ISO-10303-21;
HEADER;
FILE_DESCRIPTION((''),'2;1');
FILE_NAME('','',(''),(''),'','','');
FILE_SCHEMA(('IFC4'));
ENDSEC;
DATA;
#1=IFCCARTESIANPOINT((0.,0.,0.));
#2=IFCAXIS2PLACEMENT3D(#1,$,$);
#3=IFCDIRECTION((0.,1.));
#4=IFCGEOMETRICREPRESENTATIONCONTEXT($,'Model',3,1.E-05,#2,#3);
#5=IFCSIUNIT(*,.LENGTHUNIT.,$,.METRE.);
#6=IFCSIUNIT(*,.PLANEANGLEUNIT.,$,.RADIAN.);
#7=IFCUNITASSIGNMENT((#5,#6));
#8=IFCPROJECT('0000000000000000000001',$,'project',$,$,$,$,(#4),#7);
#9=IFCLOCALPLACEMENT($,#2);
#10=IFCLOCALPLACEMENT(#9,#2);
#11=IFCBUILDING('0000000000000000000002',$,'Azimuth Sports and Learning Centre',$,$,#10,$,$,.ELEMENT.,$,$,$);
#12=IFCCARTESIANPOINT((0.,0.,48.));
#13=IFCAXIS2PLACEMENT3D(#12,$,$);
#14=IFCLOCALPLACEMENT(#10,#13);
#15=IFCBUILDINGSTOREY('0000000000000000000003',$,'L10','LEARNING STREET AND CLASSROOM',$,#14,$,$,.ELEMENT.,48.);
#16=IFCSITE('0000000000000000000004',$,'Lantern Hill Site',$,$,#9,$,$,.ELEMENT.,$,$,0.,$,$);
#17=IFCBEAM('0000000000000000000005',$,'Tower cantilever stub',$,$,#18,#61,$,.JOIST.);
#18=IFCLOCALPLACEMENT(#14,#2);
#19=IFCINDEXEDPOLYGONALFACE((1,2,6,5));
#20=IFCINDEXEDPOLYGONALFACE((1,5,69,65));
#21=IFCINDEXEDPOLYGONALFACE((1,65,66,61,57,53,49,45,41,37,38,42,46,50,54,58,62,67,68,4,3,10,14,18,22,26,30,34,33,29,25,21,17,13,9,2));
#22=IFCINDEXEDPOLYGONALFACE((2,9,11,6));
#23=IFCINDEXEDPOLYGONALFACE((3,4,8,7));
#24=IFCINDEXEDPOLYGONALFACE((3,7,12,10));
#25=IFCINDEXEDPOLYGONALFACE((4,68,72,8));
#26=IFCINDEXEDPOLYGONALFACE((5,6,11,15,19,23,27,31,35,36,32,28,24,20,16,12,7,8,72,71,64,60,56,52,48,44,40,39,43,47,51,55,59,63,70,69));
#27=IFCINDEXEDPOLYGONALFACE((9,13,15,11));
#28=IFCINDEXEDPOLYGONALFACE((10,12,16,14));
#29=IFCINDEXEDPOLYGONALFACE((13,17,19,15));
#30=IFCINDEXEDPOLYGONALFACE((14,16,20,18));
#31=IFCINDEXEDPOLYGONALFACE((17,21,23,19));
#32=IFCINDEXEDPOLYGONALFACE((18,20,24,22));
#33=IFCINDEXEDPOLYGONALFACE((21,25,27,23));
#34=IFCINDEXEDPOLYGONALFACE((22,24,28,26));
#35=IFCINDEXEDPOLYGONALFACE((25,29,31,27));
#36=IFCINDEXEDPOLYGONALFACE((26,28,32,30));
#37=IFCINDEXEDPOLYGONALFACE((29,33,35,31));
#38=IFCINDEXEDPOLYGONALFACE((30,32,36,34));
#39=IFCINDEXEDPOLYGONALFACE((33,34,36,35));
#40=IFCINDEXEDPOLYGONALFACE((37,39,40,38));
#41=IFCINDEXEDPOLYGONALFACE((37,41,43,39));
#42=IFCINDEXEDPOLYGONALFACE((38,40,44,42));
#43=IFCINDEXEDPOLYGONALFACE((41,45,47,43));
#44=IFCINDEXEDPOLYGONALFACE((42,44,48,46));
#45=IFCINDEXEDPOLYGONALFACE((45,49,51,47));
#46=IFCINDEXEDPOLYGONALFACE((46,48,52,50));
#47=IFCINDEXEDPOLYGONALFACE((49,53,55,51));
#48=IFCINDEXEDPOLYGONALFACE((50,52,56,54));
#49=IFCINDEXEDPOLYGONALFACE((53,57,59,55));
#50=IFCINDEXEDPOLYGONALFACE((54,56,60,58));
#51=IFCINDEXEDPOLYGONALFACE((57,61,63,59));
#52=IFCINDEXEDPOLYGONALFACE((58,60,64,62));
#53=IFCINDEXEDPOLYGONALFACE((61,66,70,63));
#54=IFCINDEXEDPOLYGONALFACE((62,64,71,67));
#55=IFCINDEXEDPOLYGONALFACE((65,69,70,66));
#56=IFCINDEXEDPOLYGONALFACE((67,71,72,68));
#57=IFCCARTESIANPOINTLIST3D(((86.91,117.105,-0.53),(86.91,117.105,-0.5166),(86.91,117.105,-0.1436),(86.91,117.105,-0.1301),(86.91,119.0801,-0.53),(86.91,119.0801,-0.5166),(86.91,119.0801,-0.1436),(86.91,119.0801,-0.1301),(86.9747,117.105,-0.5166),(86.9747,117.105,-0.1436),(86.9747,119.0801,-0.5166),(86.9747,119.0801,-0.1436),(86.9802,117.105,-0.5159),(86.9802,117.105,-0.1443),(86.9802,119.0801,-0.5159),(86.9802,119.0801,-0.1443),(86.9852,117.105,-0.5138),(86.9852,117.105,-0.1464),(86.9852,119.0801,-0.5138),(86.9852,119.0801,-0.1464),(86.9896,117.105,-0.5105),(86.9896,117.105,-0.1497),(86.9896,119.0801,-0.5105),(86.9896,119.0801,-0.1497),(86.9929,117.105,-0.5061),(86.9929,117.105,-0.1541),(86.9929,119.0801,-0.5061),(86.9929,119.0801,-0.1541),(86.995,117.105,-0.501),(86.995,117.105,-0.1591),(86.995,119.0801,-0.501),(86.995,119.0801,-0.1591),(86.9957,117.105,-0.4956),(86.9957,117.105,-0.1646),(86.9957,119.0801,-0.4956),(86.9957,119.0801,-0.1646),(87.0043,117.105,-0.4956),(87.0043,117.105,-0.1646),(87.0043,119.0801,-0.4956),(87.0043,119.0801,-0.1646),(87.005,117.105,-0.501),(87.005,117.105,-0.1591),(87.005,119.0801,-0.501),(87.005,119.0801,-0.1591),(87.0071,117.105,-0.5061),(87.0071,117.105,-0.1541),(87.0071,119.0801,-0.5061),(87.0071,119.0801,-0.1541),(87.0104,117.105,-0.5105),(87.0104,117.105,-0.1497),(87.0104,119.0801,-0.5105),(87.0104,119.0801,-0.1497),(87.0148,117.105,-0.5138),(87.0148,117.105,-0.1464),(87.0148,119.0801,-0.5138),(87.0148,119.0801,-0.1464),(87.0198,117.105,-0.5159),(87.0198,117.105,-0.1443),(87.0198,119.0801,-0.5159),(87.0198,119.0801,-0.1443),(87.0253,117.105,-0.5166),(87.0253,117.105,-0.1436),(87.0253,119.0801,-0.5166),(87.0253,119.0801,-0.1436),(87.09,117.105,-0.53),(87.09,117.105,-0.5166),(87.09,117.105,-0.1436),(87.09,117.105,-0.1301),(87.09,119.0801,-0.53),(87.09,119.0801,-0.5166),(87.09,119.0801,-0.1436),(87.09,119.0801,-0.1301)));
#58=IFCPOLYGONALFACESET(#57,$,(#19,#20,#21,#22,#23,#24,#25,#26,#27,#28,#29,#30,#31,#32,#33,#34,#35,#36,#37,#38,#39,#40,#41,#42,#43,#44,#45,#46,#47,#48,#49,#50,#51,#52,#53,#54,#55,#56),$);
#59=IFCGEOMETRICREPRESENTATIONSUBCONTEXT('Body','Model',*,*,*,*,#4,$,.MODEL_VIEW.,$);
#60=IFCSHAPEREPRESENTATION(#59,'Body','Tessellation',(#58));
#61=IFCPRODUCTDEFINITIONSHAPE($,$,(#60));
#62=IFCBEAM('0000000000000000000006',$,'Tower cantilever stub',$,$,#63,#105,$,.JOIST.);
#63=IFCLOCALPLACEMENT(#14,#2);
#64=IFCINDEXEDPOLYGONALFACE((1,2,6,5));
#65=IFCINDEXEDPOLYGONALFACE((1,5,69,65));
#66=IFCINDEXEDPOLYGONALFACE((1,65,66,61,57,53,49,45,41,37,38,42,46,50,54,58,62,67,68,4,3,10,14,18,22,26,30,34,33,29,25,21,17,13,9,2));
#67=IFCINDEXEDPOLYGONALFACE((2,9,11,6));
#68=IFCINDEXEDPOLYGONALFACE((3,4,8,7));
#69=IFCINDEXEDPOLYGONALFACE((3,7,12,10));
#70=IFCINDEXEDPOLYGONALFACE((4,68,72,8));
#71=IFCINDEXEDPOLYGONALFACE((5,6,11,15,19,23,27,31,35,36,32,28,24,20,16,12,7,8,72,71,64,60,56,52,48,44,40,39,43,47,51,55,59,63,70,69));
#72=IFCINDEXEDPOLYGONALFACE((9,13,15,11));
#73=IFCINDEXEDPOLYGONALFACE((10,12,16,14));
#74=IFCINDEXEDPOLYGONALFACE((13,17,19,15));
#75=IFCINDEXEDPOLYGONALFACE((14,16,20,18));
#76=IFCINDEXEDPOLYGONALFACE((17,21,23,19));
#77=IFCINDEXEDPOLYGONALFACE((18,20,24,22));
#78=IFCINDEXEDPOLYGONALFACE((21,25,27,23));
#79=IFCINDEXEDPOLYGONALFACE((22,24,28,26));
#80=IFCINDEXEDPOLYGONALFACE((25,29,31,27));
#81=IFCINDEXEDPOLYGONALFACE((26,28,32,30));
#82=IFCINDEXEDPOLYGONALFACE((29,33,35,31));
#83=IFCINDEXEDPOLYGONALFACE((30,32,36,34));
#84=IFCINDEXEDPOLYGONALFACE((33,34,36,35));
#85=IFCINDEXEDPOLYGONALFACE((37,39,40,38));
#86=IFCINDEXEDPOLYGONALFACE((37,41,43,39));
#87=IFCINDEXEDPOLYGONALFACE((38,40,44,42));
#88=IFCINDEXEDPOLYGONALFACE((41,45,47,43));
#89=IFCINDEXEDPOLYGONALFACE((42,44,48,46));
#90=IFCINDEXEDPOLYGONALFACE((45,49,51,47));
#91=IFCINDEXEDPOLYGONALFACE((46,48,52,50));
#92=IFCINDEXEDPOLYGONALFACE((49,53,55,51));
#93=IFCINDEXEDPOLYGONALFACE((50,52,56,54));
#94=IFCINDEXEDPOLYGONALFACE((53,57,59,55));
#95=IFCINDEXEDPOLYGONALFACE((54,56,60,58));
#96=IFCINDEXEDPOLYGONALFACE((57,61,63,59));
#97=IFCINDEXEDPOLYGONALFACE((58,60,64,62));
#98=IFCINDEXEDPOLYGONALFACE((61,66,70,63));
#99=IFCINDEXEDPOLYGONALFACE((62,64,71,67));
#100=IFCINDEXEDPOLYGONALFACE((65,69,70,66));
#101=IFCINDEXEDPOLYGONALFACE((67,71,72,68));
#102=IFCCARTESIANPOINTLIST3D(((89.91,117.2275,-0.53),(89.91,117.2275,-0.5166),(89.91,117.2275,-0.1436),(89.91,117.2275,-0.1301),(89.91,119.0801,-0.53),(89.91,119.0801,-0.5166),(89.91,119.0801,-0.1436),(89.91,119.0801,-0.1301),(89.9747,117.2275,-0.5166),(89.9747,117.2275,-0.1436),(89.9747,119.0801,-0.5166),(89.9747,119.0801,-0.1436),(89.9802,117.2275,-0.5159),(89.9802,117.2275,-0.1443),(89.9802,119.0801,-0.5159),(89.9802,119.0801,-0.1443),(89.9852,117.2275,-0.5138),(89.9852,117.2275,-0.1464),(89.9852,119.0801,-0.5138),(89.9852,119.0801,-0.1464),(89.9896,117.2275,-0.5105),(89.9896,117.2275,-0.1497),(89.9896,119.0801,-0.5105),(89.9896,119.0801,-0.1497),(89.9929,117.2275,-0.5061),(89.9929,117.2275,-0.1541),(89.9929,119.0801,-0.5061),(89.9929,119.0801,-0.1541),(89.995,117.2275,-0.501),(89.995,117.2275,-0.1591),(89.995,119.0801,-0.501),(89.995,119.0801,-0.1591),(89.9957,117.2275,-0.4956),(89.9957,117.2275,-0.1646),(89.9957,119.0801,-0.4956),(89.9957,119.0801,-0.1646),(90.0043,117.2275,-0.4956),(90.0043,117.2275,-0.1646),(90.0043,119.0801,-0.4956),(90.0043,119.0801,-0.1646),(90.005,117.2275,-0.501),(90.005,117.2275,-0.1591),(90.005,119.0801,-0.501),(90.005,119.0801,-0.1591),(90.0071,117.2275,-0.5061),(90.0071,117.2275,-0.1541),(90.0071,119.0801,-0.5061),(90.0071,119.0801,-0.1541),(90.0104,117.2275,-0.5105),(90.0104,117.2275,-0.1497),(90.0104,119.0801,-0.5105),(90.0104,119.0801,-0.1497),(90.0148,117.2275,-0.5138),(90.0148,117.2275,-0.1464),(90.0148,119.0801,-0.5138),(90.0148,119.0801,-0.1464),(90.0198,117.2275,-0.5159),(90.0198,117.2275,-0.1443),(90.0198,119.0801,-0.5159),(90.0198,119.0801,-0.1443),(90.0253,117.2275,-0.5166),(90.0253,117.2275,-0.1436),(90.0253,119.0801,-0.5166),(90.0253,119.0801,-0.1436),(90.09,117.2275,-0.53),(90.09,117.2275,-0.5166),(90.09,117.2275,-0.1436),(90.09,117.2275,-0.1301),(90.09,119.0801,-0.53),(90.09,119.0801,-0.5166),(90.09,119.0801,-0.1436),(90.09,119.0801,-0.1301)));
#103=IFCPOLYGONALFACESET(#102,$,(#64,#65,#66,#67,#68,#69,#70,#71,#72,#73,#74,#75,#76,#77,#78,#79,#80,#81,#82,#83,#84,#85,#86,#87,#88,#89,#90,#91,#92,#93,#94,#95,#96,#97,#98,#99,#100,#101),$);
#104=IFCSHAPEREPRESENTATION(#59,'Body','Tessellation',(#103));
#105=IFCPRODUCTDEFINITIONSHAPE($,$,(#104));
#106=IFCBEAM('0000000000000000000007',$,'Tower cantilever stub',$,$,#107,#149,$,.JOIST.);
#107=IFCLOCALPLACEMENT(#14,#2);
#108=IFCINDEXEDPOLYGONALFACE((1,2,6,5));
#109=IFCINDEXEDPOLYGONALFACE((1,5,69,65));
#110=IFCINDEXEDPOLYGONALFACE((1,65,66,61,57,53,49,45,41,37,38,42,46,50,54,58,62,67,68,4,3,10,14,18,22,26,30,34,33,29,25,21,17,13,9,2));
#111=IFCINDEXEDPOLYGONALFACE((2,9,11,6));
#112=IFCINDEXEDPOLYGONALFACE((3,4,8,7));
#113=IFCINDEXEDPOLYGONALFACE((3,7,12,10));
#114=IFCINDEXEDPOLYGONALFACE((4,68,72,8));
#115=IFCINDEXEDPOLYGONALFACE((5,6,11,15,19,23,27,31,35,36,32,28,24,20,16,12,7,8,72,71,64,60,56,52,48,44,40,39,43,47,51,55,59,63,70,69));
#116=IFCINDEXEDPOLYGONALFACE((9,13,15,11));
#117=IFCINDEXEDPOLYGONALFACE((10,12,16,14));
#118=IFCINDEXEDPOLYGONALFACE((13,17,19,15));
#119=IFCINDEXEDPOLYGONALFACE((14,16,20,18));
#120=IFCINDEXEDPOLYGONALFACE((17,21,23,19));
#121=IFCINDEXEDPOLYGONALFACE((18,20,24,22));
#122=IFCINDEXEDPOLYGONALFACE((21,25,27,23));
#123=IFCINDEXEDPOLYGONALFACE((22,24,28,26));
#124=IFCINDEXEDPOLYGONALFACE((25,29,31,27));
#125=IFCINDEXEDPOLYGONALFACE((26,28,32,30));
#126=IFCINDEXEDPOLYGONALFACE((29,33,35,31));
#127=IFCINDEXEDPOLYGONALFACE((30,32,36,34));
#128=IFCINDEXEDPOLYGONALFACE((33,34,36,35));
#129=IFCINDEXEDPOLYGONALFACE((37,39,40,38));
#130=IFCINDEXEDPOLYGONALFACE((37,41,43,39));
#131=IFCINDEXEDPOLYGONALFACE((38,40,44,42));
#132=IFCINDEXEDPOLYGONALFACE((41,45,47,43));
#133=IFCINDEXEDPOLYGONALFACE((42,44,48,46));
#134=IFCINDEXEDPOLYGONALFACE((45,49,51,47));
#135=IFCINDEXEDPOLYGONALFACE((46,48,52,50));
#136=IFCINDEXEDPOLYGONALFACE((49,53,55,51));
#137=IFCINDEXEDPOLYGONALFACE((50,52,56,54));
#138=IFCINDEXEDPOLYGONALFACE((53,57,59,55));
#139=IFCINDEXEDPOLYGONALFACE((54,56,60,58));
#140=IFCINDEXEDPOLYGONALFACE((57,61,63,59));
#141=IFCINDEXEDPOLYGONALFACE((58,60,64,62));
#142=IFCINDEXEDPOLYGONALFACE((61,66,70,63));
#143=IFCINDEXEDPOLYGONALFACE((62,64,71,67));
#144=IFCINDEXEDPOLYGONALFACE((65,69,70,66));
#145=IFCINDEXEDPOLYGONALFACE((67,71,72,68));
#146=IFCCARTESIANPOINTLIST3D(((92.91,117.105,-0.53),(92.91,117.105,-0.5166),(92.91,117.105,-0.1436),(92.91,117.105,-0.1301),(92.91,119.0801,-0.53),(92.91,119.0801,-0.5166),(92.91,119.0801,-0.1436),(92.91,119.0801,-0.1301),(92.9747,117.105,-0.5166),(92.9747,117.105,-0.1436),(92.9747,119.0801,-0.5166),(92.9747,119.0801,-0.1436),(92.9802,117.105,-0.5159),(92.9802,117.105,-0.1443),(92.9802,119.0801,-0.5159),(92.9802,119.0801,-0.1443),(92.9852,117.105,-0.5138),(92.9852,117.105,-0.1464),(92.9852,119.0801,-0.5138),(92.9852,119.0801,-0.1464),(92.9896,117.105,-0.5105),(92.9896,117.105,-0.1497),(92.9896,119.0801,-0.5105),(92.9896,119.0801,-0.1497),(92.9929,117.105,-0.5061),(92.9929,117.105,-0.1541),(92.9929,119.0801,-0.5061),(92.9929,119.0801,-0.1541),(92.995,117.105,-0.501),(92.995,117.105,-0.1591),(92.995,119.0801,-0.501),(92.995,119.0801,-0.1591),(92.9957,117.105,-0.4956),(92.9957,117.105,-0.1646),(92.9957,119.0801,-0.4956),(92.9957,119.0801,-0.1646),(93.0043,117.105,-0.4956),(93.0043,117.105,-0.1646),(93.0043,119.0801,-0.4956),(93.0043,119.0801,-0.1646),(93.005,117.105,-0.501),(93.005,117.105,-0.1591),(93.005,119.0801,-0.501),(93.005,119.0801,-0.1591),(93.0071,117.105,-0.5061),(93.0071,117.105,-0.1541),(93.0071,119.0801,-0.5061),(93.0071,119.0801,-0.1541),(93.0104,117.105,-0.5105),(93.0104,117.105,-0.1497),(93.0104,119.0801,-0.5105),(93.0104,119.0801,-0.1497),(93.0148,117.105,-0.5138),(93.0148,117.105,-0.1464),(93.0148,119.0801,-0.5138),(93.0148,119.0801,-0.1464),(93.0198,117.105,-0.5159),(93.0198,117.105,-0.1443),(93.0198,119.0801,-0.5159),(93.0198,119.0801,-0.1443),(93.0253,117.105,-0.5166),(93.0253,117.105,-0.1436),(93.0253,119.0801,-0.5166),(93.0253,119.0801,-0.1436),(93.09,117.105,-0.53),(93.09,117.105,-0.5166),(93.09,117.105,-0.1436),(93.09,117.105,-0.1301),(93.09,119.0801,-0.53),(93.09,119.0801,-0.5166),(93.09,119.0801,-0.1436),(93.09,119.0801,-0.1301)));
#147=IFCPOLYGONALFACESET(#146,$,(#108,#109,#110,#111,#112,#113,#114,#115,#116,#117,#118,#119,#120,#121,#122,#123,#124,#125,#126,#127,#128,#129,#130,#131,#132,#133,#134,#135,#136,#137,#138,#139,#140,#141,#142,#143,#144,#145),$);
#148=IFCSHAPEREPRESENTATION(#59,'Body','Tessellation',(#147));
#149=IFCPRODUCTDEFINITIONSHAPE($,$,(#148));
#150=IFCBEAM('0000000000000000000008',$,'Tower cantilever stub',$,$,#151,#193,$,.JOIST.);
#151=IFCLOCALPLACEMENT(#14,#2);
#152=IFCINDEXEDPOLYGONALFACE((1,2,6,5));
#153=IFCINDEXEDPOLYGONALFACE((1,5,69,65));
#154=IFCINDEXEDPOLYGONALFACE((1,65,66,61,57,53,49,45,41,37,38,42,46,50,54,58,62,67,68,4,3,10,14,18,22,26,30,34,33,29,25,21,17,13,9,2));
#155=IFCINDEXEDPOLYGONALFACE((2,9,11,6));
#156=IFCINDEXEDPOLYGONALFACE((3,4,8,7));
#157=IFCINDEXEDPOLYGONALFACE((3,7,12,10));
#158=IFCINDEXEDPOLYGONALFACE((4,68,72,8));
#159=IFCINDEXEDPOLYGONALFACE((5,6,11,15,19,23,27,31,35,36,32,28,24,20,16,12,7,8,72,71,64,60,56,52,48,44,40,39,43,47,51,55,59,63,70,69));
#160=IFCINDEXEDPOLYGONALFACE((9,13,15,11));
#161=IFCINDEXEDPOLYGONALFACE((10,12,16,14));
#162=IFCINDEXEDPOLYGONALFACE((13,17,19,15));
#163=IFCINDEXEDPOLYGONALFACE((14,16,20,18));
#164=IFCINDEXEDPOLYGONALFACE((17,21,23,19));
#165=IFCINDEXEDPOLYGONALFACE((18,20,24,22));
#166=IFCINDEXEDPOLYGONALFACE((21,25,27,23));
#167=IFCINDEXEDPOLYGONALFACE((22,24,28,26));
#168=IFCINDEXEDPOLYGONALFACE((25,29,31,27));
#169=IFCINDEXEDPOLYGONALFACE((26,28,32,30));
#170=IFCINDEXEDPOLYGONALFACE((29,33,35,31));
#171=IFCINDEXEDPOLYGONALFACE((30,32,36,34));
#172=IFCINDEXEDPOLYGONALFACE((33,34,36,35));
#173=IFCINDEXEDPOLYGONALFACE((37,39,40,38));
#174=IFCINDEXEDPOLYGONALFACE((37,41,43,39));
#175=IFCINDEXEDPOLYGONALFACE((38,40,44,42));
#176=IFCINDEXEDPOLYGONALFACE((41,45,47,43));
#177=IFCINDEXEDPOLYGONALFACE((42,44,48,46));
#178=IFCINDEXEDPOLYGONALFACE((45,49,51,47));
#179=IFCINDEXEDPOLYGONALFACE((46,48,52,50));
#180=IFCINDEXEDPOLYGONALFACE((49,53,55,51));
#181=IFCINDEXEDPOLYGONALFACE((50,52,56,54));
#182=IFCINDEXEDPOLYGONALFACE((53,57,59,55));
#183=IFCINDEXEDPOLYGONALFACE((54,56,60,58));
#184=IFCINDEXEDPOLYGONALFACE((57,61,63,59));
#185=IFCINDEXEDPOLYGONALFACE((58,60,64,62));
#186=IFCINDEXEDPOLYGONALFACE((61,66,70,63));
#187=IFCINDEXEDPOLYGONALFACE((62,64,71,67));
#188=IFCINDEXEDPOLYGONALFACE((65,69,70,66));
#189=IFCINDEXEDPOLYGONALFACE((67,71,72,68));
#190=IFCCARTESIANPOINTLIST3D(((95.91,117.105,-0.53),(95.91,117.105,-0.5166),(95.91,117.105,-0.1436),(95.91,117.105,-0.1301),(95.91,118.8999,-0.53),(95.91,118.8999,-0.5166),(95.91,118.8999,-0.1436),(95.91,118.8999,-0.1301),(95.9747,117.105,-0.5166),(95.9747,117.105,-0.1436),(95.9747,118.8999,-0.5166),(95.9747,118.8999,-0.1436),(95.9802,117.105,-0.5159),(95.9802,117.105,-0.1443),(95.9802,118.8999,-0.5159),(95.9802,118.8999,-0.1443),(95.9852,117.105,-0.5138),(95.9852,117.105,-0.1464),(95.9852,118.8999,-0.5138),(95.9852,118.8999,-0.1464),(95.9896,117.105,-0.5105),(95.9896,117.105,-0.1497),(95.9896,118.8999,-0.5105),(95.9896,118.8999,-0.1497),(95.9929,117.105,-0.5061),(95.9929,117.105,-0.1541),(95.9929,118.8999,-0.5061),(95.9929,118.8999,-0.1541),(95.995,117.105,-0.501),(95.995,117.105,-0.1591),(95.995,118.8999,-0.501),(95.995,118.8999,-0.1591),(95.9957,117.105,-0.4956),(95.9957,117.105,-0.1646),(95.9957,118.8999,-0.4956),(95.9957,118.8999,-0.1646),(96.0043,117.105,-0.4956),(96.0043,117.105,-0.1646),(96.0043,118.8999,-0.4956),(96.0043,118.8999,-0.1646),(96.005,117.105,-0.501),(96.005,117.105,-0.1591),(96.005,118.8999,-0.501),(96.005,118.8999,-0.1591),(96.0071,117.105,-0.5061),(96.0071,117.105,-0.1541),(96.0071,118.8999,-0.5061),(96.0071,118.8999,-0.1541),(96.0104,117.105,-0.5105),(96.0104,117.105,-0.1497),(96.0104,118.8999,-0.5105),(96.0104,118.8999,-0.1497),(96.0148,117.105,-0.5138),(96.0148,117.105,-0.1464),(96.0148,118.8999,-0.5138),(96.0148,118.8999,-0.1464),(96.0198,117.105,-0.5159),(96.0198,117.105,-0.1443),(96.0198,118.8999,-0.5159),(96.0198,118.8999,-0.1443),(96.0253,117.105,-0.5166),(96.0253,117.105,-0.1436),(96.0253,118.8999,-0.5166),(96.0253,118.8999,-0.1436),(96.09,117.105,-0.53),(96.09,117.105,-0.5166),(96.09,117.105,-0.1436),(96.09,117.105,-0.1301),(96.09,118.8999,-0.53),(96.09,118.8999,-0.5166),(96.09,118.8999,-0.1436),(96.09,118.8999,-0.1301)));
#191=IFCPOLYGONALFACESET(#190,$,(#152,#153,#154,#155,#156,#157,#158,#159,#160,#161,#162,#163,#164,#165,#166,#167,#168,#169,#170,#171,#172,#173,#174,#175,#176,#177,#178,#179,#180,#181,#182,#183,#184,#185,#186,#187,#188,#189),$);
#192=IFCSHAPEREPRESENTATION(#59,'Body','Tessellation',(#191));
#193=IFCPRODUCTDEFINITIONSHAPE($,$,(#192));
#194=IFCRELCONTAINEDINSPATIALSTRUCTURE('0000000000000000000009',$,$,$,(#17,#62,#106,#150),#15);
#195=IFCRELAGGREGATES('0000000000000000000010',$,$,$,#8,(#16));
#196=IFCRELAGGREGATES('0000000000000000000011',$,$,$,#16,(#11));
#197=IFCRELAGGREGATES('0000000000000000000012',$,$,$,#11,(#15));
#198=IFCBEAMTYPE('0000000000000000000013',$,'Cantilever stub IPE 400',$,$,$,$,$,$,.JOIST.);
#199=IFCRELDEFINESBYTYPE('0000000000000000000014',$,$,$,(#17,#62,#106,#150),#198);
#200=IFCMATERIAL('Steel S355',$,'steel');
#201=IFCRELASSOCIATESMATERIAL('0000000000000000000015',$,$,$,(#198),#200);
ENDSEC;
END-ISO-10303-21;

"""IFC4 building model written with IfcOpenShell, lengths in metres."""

from ifc_helpers import new_model, si_unit, direction, frame, origin, origin_2d, place, context, subcontext, project, spatial, i_section, extrude, material, material_profile, profile_set, type_object, element, save


model = new_model("IFC4")

# Units and contexts
model_context = context("Model", 3, precision=1e-05, world=origin(), true_north=direction((0.0, 1.0)))
body_context = subcontext(model_context, "Body", "Model", "MODEL_VIEW")
ifc_project = project(units=[si_unit("LENGTHUNIT", "METRE"), si_unit("PLANEANGLEUNIT", "RADIAN")], contexts=[model_context])

# Site, building, storey
site_placement = place(None, origin())
site = spatial("IfcSite", under=ifc_project, at=site_placement, Name="Lantern Hill Site", CompositionType="ELEMENT", RefElevation=0.0)
building_placement = place(site_placement, origin())
building = spatial("IfcBuilding", under=site, at=building_placement, Name="Azimuth Sports and Learning Centre", CompositionType="ELEMENT")
storey_placement = place(building_placement, frame((0.0, 0.0, 48.0)))
storey = spatial("IfcBuildingStorey", under=building, at=storey_placement, Name="L10", Description="LEARNING STREET AND CLASSROOM", CompositionType="ELEMENT", Elevation=48.0)

# Beams
ifc_material_1 = material(Name="Steel S355", Category="steel")
ifc_material_profile_1 = material_profile(ifc_material_1, i_section(OverallWidth=0.1799, OverallDepth=0.3999, WebThickness=0.0085, FlangeThickness=0.0134, FilletRadius=0.021, at=origin_2d()), Name="IPE 400")
ifc_profile_set_1 = profile_set([ifc_material_profile_1], Name="Steel S355")
beam_type_1 = type_object("IfcBeamType", Name="Cantilever stub IPE 400", PredefinedType="JOIST", material=ifc_profile_set_1)
beam_1_placement = place(storey_placement, frame((87.0, 117.105, -0.3301), z_axis=(0.0, 1.0, 0.0), x_axis=(-1.0, 0.0, 0.0)))
element("IfcBeam", 1, at=beam_1_placement, inside=storey, type_object=beam_type_1, Name="Tower cantilever stub", PredefinedType="JOIST", context=body_context, shape_type="SweptSolid", body=[
    extrude(i_section(OverallWidth=0.1799, OverallDepth=0.3999, WebThickness=0.0085, FlangeThickness=0.0134, FilletRadius=0.021, at=origin_2d()), origin(), (0.0, 0.0, 1.0), 1.9751),
])
beam_2_placement = place(storey_placement, frame((90.0, 117.2275, -0.3301), z_axis=(0.0, 1.0, 0.0), x_axis=(-1.0, 0.0, 0.0)))
element("IfcBeam", 2, at=beam_2_placement, inside=storey, type_object=beam_type_1, Name="Tower cantilever stub", PredefinedType="JOIST", context=body_context, shape_type="SweptSolid", body=[
    extrude(i_section(OverallWidth=0.1799, OverallDepth=0.3999, WebThickness=0.0085, FlangeThickness=0.0134, FilletRadius=0.021, at=origin_2d()), origin(), (0.0, 0.0, 1.0), 1.8525),
])
beam_3_placement = place(storey_placement, frame((93.0, 117.105, -0.3301), z_axis=(0.0, 1.0, 0.0), x_axis=(-1.0, 0.0, 0.0)))
element("IfcBeam", 3, at=beam_3_placement, inside=storey, type_object=beam_type_1, Name="Tower cantilever stub", PredefinedType="JOIST", context=body_context, shape_type="SweptSolid", body=[
    extrude(i_section(OverallWidth=0.1799, OverallDepth=0.3999, WebThickness=0.0085, FlangeThickness=0.0134, FilletRadius=0.021, at=origin_2d()), origin(), (0.0, 0.0, 1.0), 1.9751),
])
beam_4_placement = place(storey_placement, frame((96.0, 117.105, -0.3301), z_axis=(0.0, 1.0, 0.0), x_axis=(-1.0, 0.0, 0.0)))
element("IfcBeam", 4, at=beam_4_placement, inside=storey, type_object=beam_type_1, Name="Tower cantilever stub", PredefinedType="JOIST", context=body_context, shape_type="SweptSolid", body=[
    extrude(i_section(OverallWidth=0.1799, OverallDepth=0.3999, WebThickness=0.0085, FlangeThickness=0.0134, FilletRadius=0.021, at=origin_2d()), origin(), (0.0, 0.0, 1.0), 1.7949),
])

save(model, "model.ifc")
